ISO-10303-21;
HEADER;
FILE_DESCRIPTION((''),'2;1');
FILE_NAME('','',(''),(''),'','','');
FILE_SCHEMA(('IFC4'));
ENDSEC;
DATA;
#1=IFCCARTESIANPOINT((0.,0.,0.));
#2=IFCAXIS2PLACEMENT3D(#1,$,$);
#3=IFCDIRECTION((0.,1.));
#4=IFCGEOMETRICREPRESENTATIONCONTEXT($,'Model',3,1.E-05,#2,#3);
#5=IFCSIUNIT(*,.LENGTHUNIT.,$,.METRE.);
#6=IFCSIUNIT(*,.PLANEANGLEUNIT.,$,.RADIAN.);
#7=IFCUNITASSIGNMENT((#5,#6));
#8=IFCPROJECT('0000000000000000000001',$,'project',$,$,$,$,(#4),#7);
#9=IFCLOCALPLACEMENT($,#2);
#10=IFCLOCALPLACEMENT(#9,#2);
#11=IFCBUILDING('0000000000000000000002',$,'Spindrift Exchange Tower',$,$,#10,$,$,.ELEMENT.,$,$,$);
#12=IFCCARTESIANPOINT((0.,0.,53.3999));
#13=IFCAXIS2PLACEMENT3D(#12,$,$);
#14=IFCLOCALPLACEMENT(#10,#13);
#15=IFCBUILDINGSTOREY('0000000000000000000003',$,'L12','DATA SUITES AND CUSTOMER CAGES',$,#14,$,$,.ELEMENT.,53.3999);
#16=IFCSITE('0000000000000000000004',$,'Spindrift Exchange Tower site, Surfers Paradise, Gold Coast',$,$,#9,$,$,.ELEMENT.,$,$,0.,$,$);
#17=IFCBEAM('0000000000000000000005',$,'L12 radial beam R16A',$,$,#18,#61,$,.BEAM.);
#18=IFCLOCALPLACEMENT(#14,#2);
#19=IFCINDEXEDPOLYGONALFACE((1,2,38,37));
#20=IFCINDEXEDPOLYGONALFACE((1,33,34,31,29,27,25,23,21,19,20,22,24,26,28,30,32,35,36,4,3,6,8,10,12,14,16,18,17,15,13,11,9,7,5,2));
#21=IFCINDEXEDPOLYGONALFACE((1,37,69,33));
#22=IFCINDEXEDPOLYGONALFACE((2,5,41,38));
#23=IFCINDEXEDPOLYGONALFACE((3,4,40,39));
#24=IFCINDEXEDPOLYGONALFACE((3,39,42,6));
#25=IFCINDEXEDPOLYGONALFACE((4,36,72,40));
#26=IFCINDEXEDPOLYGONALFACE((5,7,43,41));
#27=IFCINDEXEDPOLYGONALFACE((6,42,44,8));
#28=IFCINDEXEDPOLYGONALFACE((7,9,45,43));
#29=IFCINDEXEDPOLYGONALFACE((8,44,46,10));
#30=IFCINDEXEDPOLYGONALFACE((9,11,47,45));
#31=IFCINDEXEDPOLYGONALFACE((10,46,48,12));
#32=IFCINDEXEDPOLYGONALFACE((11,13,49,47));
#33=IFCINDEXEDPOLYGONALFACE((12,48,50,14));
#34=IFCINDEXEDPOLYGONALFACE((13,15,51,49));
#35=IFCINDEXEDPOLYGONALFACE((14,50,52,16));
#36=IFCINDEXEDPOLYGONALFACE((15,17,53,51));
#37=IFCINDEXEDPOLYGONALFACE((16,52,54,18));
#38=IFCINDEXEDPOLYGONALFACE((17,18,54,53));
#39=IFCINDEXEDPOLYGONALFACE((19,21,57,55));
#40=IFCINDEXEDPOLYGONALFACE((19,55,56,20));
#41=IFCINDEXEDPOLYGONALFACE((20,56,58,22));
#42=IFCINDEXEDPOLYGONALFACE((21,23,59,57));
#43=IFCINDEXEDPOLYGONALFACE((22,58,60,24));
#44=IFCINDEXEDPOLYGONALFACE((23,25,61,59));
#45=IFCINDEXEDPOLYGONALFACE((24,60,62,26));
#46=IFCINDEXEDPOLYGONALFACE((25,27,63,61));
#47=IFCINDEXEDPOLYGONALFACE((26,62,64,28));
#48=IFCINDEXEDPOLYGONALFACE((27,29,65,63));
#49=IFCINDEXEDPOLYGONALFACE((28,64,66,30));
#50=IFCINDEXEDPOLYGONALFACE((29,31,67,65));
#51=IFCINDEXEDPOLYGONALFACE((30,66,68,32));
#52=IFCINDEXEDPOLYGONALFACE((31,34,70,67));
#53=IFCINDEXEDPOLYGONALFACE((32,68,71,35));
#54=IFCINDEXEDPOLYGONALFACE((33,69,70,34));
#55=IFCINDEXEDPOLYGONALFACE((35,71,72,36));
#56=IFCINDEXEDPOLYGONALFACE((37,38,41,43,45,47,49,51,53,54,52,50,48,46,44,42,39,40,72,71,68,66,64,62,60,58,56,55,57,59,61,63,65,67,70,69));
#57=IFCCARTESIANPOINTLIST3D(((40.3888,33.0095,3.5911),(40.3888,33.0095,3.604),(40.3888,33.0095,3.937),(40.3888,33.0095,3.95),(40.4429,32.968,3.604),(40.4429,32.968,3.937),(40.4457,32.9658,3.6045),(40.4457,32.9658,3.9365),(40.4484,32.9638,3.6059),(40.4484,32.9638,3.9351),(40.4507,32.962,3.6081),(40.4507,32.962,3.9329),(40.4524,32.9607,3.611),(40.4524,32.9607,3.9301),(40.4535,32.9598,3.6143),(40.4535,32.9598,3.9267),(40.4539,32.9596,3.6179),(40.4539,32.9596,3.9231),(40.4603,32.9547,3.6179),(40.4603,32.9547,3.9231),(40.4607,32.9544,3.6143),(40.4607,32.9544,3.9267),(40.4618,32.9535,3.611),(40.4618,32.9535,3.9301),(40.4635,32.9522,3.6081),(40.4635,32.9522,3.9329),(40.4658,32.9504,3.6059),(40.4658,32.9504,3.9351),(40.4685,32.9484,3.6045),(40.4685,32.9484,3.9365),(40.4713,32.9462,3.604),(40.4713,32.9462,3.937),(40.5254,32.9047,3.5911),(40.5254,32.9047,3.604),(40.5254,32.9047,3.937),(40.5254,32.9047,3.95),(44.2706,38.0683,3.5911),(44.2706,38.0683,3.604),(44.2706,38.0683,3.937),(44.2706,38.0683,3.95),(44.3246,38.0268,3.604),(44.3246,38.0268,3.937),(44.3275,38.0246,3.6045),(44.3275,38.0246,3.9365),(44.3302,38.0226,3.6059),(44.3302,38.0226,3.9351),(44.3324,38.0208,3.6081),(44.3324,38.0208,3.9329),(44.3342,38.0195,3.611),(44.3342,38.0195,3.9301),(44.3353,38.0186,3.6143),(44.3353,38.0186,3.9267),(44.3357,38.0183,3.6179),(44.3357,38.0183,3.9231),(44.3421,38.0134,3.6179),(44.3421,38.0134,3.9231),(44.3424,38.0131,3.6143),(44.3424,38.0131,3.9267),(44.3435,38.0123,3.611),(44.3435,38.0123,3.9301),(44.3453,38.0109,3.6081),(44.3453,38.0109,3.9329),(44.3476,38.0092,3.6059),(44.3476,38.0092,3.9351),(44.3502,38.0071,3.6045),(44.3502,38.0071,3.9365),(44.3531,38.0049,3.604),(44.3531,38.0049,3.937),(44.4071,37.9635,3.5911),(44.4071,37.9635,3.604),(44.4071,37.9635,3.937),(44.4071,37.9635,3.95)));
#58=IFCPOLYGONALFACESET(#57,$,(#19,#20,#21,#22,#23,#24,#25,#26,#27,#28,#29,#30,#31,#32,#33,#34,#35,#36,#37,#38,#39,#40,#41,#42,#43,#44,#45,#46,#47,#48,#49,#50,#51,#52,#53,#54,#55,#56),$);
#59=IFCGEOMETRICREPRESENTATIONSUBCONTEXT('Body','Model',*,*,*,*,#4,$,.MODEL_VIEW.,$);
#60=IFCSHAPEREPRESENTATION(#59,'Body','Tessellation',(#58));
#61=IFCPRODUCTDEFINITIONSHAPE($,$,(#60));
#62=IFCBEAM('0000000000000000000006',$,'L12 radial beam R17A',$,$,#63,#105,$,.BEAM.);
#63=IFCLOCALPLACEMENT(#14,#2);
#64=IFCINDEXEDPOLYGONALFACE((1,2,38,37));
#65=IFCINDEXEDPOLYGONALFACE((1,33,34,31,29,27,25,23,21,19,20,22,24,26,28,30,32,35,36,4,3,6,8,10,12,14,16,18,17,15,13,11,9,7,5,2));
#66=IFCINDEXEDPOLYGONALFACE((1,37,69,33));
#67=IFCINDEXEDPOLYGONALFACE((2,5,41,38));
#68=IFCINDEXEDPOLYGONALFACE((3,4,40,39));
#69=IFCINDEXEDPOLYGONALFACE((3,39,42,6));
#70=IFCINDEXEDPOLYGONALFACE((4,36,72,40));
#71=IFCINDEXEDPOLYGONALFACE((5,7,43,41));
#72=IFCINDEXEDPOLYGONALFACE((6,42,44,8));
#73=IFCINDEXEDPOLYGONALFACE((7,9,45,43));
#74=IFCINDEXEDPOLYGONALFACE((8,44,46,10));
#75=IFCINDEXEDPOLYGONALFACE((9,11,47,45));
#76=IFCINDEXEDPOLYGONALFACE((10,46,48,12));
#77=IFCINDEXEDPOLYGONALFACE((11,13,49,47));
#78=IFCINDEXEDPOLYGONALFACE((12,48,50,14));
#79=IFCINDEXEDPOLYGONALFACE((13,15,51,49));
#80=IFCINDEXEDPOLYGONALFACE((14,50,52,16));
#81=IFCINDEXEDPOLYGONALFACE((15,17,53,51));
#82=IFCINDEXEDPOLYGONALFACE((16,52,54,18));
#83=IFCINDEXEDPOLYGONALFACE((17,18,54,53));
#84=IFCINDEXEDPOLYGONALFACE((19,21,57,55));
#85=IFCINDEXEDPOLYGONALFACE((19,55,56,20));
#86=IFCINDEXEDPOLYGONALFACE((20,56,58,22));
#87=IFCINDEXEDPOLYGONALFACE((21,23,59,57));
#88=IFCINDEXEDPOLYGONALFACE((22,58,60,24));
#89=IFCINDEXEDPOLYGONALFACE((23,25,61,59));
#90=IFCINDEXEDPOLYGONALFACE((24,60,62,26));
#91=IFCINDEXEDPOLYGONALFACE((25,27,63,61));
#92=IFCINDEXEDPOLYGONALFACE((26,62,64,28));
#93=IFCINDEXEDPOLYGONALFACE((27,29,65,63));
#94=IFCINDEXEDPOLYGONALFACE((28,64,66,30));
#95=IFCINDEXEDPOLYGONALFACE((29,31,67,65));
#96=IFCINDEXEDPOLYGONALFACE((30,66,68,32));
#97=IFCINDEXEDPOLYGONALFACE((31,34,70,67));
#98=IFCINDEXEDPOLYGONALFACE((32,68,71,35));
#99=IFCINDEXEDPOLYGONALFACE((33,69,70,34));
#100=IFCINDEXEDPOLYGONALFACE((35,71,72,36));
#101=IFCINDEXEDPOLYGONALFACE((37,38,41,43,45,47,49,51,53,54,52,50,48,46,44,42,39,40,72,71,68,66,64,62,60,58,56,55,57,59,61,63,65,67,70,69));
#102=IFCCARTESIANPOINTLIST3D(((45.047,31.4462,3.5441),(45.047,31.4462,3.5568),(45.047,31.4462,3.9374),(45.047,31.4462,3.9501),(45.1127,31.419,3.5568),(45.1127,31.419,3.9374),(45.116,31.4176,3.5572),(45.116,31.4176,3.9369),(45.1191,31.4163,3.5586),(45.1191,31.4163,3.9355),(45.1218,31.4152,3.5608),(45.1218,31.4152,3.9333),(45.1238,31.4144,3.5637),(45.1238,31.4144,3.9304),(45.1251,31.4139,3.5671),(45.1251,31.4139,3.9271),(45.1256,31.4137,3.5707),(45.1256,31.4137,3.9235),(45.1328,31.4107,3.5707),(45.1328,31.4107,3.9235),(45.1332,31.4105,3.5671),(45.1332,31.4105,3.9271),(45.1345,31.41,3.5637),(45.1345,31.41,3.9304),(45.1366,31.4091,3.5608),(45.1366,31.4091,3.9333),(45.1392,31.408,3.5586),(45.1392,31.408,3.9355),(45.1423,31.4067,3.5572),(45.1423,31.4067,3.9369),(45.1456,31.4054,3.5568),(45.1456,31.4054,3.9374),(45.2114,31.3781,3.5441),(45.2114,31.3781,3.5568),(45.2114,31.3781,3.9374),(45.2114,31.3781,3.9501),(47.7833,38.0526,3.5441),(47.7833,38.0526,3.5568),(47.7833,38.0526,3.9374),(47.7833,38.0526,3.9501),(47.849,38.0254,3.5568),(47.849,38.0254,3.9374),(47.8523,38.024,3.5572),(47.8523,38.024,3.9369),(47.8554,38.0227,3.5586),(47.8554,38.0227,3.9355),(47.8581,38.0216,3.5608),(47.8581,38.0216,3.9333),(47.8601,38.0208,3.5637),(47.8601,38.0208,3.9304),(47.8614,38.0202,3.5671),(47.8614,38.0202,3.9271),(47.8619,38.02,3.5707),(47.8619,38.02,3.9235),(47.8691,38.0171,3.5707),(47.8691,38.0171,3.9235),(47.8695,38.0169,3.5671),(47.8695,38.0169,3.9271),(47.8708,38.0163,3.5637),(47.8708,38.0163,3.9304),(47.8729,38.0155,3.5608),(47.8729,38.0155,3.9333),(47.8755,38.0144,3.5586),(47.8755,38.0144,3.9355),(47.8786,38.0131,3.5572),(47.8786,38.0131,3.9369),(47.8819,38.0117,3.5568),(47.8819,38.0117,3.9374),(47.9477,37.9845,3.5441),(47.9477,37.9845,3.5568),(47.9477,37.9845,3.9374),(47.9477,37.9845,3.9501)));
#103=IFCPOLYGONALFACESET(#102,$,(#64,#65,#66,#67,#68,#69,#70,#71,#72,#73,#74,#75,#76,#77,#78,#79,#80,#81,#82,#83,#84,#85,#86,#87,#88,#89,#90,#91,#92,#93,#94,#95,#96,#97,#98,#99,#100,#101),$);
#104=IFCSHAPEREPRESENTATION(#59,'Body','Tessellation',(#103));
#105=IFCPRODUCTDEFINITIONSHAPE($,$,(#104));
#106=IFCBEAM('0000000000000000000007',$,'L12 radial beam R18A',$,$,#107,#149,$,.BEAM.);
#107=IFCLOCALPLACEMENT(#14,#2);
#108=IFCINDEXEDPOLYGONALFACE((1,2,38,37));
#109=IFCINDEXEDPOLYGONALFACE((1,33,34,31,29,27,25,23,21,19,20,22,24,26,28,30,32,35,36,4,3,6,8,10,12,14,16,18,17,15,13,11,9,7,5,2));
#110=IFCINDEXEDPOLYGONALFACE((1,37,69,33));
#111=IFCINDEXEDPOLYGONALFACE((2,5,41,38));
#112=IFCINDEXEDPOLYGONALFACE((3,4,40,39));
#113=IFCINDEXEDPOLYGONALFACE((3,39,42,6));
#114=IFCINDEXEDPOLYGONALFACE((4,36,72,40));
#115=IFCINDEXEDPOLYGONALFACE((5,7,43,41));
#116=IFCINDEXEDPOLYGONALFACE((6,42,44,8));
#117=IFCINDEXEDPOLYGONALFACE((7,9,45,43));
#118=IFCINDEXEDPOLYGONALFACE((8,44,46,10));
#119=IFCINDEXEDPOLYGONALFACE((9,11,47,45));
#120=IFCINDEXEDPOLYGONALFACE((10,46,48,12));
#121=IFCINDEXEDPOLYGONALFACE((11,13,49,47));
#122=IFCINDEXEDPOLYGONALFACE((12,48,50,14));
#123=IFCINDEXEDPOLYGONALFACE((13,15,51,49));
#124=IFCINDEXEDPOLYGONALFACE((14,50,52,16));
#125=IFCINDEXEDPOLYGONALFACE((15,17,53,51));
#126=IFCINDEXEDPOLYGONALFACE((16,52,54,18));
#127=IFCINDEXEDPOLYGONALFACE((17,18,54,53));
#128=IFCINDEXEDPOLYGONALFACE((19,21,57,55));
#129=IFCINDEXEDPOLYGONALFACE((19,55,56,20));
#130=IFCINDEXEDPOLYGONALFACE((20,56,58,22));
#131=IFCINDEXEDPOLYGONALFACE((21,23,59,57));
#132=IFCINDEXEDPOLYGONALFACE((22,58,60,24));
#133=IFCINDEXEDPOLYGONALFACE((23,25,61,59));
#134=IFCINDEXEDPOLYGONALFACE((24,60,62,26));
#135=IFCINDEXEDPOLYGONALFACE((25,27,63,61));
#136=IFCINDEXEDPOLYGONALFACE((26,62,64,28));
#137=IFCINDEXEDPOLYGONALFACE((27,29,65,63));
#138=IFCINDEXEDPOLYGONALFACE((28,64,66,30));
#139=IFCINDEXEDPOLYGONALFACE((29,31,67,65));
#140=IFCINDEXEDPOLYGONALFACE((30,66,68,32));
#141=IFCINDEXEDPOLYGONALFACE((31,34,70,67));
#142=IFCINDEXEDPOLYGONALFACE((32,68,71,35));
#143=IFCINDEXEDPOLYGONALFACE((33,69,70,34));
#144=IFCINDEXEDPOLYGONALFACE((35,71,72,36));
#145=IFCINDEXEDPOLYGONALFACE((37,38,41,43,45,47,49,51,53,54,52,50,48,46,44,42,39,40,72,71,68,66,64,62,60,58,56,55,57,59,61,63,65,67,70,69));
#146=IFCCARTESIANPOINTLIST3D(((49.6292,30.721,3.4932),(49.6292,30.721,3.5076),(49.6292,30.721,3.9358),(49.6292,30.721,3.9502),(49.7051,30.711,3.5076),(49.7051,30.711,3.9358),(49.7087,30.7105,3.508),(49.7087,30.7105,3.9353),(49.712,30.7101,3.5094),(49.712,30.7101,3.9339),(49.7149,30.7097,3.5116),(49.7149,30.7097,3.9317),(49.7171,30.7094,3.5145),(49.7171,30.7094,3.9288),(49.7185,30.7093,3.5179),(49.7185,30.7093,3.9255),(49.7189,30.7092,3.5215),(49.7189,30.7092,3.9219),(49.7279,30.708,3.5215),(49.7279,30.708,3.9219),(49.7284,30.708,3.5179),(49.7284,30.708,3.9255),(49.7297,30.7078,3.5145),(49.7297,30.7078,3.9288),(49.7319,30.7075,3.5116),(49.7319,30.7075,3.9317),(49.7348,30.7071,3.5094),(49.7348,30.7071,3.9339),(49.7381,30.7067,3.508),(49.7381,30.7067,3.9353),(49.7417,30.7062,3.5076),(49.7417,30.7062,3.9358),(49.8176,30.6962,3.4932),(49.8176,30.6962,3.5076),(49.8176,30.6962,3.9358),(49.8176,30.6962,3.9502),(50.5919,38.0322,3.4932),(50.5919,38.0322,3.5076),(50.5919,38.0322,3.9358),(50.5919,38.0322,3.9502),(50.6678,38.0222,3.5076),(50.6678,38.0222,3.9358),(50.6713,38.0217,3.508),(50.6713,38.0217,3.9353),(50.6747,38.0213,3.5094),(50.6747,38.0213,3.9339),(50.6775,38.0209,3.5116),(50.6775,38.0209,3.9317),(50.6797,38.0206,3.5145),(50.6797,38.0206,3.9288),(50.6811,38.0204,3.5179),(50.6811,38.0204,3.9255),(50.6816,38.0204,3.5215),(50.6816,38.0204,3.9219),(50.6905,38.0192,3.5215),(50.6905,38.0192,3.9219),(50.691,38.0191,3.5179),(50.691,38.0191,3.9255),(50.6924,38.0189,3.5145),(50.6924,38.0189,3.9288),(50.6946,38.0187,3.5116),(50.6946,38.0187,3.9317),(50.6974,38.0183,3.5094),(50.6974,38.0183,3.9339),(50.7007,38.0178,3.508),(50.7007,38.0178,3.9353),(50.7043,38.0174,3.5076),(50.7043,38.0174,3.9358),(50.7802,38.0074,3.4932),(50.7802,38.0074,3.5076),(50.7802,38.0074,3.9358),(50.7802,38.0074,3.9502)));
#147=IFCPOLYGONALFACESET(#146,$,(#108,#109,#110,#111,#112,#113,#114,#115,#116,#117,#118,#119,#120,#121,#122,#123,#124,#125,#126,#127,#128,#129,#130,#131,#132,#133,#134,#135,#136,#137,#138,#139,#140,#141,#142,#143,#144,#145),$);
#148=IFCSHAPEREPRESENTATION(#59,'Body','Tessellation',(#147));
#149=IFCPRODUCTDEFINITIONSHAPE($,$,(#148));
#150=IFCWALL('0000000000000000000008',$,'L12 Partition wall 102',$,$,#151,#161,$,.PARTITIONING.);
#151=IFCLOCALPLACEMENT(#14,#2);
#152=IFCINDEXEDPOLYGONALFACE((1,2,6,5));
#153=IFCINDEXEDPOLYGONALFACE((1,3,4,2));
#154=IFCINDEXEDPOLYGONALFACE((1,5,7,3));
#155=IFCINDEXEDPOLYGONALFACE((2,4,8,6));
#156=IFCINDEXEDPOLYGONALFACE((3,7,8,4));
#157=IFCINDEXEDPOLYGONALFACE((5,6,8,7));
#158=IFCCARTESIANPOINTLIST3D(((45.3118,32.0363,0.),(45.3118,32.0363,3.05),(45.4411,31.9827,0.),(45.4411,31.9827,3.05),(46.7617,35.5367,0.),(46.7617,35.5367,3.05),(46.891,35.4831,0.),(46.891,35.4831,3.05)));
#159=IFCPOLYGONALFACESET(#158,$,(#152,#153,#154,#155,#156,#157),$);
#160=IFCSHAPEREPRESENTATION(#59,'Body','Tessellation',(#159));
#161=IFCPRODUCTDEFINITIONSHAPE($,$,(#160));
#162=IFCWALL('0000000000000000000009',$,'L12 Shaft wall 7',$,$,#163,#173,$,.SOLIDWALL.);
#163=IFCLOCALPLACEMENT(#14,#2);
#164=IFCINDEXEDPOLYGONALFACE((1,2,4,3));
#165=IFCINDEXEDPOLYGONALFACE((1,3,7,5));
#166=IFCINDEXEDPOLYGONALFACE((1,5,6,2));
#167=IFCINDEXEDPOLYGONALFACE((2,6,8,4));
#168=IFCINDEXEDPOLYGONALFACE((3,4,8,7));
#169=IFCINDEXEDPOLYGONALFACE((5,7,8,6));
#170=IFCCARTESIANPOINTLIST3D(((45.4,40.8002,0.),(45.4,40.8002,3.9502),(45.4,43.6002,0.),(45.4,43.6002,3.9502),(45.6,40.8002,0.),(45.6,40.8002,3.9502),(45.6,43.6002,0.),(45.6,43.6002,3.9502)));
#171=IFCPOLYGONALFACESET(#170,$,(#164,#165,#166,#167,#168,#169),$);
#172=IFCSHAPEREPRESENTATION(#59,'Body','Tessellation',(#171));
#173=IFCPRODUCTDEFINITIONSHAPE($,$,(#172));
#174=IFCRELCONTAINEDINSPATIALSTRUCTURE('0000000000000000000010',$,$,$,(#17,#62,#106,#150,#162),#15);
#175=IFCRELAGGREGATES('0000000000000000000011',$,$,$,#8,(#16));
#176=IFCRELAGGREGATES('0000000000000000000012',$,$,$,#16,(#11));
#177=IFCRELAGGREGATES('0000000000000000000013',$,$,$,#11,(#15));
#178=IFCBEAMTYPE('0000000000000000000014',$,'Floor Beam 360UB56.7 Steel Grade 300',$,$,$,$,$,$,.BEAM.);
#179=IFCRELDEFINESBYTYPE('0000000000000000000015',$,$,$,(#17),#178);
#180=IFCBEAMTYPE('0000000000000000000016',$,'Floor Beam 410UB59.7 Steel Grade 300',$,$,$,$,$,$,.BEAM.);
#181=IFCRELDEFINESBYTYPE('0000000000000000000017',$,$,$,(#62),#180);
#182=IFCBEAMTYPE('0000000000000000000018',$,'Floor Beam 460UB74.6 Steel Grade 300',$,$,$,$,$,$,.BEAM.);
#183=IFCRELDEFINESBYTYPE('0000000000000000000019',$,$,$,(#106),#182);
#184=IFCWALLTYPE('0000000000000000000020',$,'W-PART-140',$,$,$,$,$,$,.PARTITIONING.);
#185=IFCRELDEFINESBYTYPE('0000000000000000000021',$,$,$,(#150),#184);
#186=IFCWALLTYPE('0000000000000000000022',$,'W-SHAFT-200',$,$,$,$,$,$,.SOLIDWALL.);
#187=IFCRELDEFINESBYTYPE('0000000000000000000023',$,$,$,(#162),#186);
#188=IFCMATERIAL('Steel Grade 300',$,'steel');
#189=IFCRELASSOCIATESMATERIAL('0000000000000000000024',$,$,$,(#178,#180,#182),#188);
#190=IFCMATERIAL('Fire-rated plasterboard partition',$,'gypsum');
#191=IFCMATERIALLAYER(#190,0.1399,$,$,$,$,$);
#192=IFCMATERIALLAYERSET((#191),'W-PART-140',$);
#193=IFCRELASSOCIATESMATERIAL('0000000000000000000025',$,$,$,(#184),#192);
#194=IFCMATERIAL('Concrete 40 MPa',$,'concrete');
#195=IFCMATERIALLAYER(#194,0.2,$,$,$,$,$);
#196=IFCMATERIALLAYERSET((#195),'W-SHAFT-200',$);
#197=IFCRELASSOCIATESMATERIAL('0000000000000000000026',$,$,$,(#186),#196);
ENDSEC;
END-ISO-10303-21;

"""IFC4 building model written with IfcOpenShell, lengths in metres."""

from ifc_helpers import new_model, si_unit, direction, frame, frame_2d, origin, origin_2d, place, context, subcontext, project, spatial, rectangle, i_section, extrude, source, transform, mapped, material, layer, layer_set, material_profile, profile_set, type_object, element, save


model = new_model("IFC4")

# Units and contexts
model_context = context("Model", 3, precision=1e-05, world=origin(), true_north=direction((0.0, 1.0)))
body_context = subcontext(model_context, "Body", "Model", "MODEL_VIEW")
ifc_project = project(units=[si_unit("LENGTHUNIT", "METRE"), si_unit("PLANEANGLEUNIT", "RADIAN")], contexts=[model_context])

# Site, building, storey
site_placement = place(None, origin())
site = spatial("IfcSite", under=ifc_project, at=site_placement, Name="Spindrift Exchange Tower site, Surfers Paradise, Gold Coast", CompositionType="ELEMENT", RefElevation=0.0)
building_placement = place(site_placement, origin())
building = spatial("IfcBuilding", under=site, at=building_placement, Name="Spindrift Exchange Tower", CompositionType="ELEMENT")
storey_placement = place(building_placement, frame((0.0, 0.0, 53.3999)))
storey = spatial("IfcBuildingStorey", under=building, at=storey_placement, Name="L12", Description="DATA SUITES AND CUSTOMER CAGES", CompositionType="ELEMENT", Elevation=53.3999)

# Beams
ifc_material_1 = material(Name="Steel Grade 300", Category="steel")
ifc_material_profile_1 = material_profile(ifc_material_1, i_section(OverallWidth=0.1721, OverallDepth=0.3589, WebThickness=0.0081, FlangeThickness=0.0129, FilletRadius=0.0139, at=origin_2d()), Name="360UB56.7")
ifc_profile_set_1 = profile_set([ifc_material_profile_1], Name="Steel Grade 300")
beam_type_1 = type_object("IfcBeamType", Name="Floor Beam 360UB56.7 Steel Grade 300", PredefinedType="BEAM", material=ifc_profile_set_1)
shared_shape_1 = source(origin(), body_context, "Body", "SweptSolid", [
    extrude(i_section(OverallWidth=0.1721, OverallDepth=0.3589, WebThickness=0.0081, FlangeThickness=0.0129, FilletRadius=0.0139, at=origin_2d()), origin(), (0.0, 0.0, 1.0), 6.3765),
])
beam_1_placement = place(storey_placement, frame((44.3389, 38.0159, 3.7705), z_axis=(-0.608767, -0.793349, 0.0), x_axis=(0.793349, -0.608767, 0.0)))
element("IfcBeam", 1, at=beam_1_placement, inside=storey, type_object=beam_type_1, Name="L12 radial beam R16A", PredefinedType="BEAM", context=body_context, shape_type="MappedRepresentation", body=[
    mapped(shared_shape_1, transform((0.0, 0.0, 0.0), scale=1.0)),
])
ifc_material_profile_2 = material_profile(ifc_material_1, i_section(OverallWidth=0.178, OverallDepth=0.406, WebThickness=0.0078, FlangeThickness=0.0127, FilletRadius=0.0139, at=origin_2d()), Name="410UB59.7")
ifc_profile_set_2 = profile_set([ifc_material_profile_2], Name="Steel Grade 300")
beam_type_2 = type_object("IfcBeamType", Name="Floor Beam 410UB59.7 Steel Grade 300", PredefinedType="BEAM", material=ifc_profile_set_2)
shared_shape_2 = source(origin(), body_context, "Body", "SweptSolid", [
    extrude(i_section(OverallWidth=0.178, OverallDepth=0.406, WebThickness=0.0078, FlangeThickness=0.0127, FilletRadius=0.0139, at=origin_2d()), origin(), (0.0, 0.0, 1.0), 7.1506),
])
beam_2_placement = place(storey_placement, frame((47.8655, 38.0186, 3.7471), z_axis=(-0.382665, -0.923887, 0.0), x_axis=(0.923887, -0.382665, 0.0)))
element("IfcBeam", 2, at=beam_2_placement, inside=storey, type_object=beam_type_2, Name="L12 radial beam R17A", PredefinedType="BEAM", context=body_context, shape_type="MappedRepresentation", body=[
    mapped(shared_shape_2, transform((0.0, 0.0, 0.0), scale=1.0)),
])
ifc_material_profile_3 = material_profile(ifc_material_1, i_section(OverallWidth=0.1899, OverallDepth=0.457, WebThickness=0.009, FlangeThickness=0.0144, FilletRadius=0.0139, at=origin_2d()), Name="460UB74.6")
ifc_profile_set_3 = profile_set([ifc_material_profile_3], Name="Steel Grade 300")
beam_type_3 = type_object("IfcBeamType", Name="Floor Beam 460UB74.6 Steel Grade 300", PredefinedType="BEAM", material=ifc_profile_set_3)
shared_shape_3 = source(origin(), body_context, "Body", "SweptSolid", [
    extrude(i_section(OverallWidth=0.1899, OverallDepth=0.457, WebThickness=0.009, FlangeThickness=0.0144, FilletRadius=0.0139, at=origin_2d()), origin(), (0.0, 0.0, 1.0), 7.3743),
])
beam_3_placement = place(storey_placement, frame((50.686, 38.0198, 3.7217), z_axis=(-0.130539, -0.991443, 0.0), x_axis=(0.991443, -0.130539, 0.0)))
element("IfcBeam", 3, at=beam_3_placement, inside=storey, type_object=beam_type_3, Name="L12 radial beam R18A", PredefinedType="BEAM", context=body_context, shape_type="MappedRepresentation", body=[
    mapped(shared_shape_3, transform((0.0, 0.0, 0.0), scale=1.0)),
])

# Walls
ifc_material_2 = material(Name="Fire-rated plasterboard partition", Category="gypsum")
ifc_layer_1 = layer(ifc_material_2, 0.1399)
ifc_layer_set_1 = layer_set([ifc_layer_1], Name="W-PART-140")
wall_type_1 = type_object("IfcWallType", Name="W-PART-140", PredefinedType="PARTITIONING", material=ifc_layer_set_1)
wall_1_placement = place(storey_placement, frame((46.8264, 35.51, 0.0), z_axis=(0.0, 0.0, 1.0), x_axis=(-0.382684, -0.923879, 0.0)))
element("IfcWall", 4, at=wall_1_placement, inside=storey, type_object=wall_type_1, Name="L12 Partition wall 102", PredefinedType="PARTITIONING", context=body_context, shape_type="SweptSolid", body=[
    extrude(rectangle(XDim=3.7888, YDim=0.1399, at=frame_2d((1.8945, 0.0))), origin(), (0.0, 0.0, 1.0), 3.05),
])
ifc_material_3 = material(Name="Concrete 40 MPa", Category="concrete")
ifc_layer_2 = layer(ifc_material_3, 0.2)
ifc_layer_set_2 = layer_set([ifc_layer_2], Name="W-SHAFT-200")
wall_type_2 = type_object("IfcWallType", Name="W-SHAFT-200", PredefinedType="SOLIDWALL", material=ifc_layer_set_2)
wall_2_placement = place(storey_placement, frame((45.5, 43.6001, 0.0), z_axis=(0.0, 0.0, 1.0), x_axis=(0.0, -1.0, 0.0)))
element("IfcWall", 5, at=wall_2_placement, inside=storey, type_object=wall_type_2, Name="L12 Shaft wall 7", PredefinedType="SOLIDWALL", context=body_context, shape_type="SweptSolid", body=[
    extrude(rectangle(XDim=2.8, YDim=0.2, at=frame_2d((1.3999, 0.0))), origin(), (0.0, 0.0, 1.0), 3.9502),
])

save(model, "model.ifc")
